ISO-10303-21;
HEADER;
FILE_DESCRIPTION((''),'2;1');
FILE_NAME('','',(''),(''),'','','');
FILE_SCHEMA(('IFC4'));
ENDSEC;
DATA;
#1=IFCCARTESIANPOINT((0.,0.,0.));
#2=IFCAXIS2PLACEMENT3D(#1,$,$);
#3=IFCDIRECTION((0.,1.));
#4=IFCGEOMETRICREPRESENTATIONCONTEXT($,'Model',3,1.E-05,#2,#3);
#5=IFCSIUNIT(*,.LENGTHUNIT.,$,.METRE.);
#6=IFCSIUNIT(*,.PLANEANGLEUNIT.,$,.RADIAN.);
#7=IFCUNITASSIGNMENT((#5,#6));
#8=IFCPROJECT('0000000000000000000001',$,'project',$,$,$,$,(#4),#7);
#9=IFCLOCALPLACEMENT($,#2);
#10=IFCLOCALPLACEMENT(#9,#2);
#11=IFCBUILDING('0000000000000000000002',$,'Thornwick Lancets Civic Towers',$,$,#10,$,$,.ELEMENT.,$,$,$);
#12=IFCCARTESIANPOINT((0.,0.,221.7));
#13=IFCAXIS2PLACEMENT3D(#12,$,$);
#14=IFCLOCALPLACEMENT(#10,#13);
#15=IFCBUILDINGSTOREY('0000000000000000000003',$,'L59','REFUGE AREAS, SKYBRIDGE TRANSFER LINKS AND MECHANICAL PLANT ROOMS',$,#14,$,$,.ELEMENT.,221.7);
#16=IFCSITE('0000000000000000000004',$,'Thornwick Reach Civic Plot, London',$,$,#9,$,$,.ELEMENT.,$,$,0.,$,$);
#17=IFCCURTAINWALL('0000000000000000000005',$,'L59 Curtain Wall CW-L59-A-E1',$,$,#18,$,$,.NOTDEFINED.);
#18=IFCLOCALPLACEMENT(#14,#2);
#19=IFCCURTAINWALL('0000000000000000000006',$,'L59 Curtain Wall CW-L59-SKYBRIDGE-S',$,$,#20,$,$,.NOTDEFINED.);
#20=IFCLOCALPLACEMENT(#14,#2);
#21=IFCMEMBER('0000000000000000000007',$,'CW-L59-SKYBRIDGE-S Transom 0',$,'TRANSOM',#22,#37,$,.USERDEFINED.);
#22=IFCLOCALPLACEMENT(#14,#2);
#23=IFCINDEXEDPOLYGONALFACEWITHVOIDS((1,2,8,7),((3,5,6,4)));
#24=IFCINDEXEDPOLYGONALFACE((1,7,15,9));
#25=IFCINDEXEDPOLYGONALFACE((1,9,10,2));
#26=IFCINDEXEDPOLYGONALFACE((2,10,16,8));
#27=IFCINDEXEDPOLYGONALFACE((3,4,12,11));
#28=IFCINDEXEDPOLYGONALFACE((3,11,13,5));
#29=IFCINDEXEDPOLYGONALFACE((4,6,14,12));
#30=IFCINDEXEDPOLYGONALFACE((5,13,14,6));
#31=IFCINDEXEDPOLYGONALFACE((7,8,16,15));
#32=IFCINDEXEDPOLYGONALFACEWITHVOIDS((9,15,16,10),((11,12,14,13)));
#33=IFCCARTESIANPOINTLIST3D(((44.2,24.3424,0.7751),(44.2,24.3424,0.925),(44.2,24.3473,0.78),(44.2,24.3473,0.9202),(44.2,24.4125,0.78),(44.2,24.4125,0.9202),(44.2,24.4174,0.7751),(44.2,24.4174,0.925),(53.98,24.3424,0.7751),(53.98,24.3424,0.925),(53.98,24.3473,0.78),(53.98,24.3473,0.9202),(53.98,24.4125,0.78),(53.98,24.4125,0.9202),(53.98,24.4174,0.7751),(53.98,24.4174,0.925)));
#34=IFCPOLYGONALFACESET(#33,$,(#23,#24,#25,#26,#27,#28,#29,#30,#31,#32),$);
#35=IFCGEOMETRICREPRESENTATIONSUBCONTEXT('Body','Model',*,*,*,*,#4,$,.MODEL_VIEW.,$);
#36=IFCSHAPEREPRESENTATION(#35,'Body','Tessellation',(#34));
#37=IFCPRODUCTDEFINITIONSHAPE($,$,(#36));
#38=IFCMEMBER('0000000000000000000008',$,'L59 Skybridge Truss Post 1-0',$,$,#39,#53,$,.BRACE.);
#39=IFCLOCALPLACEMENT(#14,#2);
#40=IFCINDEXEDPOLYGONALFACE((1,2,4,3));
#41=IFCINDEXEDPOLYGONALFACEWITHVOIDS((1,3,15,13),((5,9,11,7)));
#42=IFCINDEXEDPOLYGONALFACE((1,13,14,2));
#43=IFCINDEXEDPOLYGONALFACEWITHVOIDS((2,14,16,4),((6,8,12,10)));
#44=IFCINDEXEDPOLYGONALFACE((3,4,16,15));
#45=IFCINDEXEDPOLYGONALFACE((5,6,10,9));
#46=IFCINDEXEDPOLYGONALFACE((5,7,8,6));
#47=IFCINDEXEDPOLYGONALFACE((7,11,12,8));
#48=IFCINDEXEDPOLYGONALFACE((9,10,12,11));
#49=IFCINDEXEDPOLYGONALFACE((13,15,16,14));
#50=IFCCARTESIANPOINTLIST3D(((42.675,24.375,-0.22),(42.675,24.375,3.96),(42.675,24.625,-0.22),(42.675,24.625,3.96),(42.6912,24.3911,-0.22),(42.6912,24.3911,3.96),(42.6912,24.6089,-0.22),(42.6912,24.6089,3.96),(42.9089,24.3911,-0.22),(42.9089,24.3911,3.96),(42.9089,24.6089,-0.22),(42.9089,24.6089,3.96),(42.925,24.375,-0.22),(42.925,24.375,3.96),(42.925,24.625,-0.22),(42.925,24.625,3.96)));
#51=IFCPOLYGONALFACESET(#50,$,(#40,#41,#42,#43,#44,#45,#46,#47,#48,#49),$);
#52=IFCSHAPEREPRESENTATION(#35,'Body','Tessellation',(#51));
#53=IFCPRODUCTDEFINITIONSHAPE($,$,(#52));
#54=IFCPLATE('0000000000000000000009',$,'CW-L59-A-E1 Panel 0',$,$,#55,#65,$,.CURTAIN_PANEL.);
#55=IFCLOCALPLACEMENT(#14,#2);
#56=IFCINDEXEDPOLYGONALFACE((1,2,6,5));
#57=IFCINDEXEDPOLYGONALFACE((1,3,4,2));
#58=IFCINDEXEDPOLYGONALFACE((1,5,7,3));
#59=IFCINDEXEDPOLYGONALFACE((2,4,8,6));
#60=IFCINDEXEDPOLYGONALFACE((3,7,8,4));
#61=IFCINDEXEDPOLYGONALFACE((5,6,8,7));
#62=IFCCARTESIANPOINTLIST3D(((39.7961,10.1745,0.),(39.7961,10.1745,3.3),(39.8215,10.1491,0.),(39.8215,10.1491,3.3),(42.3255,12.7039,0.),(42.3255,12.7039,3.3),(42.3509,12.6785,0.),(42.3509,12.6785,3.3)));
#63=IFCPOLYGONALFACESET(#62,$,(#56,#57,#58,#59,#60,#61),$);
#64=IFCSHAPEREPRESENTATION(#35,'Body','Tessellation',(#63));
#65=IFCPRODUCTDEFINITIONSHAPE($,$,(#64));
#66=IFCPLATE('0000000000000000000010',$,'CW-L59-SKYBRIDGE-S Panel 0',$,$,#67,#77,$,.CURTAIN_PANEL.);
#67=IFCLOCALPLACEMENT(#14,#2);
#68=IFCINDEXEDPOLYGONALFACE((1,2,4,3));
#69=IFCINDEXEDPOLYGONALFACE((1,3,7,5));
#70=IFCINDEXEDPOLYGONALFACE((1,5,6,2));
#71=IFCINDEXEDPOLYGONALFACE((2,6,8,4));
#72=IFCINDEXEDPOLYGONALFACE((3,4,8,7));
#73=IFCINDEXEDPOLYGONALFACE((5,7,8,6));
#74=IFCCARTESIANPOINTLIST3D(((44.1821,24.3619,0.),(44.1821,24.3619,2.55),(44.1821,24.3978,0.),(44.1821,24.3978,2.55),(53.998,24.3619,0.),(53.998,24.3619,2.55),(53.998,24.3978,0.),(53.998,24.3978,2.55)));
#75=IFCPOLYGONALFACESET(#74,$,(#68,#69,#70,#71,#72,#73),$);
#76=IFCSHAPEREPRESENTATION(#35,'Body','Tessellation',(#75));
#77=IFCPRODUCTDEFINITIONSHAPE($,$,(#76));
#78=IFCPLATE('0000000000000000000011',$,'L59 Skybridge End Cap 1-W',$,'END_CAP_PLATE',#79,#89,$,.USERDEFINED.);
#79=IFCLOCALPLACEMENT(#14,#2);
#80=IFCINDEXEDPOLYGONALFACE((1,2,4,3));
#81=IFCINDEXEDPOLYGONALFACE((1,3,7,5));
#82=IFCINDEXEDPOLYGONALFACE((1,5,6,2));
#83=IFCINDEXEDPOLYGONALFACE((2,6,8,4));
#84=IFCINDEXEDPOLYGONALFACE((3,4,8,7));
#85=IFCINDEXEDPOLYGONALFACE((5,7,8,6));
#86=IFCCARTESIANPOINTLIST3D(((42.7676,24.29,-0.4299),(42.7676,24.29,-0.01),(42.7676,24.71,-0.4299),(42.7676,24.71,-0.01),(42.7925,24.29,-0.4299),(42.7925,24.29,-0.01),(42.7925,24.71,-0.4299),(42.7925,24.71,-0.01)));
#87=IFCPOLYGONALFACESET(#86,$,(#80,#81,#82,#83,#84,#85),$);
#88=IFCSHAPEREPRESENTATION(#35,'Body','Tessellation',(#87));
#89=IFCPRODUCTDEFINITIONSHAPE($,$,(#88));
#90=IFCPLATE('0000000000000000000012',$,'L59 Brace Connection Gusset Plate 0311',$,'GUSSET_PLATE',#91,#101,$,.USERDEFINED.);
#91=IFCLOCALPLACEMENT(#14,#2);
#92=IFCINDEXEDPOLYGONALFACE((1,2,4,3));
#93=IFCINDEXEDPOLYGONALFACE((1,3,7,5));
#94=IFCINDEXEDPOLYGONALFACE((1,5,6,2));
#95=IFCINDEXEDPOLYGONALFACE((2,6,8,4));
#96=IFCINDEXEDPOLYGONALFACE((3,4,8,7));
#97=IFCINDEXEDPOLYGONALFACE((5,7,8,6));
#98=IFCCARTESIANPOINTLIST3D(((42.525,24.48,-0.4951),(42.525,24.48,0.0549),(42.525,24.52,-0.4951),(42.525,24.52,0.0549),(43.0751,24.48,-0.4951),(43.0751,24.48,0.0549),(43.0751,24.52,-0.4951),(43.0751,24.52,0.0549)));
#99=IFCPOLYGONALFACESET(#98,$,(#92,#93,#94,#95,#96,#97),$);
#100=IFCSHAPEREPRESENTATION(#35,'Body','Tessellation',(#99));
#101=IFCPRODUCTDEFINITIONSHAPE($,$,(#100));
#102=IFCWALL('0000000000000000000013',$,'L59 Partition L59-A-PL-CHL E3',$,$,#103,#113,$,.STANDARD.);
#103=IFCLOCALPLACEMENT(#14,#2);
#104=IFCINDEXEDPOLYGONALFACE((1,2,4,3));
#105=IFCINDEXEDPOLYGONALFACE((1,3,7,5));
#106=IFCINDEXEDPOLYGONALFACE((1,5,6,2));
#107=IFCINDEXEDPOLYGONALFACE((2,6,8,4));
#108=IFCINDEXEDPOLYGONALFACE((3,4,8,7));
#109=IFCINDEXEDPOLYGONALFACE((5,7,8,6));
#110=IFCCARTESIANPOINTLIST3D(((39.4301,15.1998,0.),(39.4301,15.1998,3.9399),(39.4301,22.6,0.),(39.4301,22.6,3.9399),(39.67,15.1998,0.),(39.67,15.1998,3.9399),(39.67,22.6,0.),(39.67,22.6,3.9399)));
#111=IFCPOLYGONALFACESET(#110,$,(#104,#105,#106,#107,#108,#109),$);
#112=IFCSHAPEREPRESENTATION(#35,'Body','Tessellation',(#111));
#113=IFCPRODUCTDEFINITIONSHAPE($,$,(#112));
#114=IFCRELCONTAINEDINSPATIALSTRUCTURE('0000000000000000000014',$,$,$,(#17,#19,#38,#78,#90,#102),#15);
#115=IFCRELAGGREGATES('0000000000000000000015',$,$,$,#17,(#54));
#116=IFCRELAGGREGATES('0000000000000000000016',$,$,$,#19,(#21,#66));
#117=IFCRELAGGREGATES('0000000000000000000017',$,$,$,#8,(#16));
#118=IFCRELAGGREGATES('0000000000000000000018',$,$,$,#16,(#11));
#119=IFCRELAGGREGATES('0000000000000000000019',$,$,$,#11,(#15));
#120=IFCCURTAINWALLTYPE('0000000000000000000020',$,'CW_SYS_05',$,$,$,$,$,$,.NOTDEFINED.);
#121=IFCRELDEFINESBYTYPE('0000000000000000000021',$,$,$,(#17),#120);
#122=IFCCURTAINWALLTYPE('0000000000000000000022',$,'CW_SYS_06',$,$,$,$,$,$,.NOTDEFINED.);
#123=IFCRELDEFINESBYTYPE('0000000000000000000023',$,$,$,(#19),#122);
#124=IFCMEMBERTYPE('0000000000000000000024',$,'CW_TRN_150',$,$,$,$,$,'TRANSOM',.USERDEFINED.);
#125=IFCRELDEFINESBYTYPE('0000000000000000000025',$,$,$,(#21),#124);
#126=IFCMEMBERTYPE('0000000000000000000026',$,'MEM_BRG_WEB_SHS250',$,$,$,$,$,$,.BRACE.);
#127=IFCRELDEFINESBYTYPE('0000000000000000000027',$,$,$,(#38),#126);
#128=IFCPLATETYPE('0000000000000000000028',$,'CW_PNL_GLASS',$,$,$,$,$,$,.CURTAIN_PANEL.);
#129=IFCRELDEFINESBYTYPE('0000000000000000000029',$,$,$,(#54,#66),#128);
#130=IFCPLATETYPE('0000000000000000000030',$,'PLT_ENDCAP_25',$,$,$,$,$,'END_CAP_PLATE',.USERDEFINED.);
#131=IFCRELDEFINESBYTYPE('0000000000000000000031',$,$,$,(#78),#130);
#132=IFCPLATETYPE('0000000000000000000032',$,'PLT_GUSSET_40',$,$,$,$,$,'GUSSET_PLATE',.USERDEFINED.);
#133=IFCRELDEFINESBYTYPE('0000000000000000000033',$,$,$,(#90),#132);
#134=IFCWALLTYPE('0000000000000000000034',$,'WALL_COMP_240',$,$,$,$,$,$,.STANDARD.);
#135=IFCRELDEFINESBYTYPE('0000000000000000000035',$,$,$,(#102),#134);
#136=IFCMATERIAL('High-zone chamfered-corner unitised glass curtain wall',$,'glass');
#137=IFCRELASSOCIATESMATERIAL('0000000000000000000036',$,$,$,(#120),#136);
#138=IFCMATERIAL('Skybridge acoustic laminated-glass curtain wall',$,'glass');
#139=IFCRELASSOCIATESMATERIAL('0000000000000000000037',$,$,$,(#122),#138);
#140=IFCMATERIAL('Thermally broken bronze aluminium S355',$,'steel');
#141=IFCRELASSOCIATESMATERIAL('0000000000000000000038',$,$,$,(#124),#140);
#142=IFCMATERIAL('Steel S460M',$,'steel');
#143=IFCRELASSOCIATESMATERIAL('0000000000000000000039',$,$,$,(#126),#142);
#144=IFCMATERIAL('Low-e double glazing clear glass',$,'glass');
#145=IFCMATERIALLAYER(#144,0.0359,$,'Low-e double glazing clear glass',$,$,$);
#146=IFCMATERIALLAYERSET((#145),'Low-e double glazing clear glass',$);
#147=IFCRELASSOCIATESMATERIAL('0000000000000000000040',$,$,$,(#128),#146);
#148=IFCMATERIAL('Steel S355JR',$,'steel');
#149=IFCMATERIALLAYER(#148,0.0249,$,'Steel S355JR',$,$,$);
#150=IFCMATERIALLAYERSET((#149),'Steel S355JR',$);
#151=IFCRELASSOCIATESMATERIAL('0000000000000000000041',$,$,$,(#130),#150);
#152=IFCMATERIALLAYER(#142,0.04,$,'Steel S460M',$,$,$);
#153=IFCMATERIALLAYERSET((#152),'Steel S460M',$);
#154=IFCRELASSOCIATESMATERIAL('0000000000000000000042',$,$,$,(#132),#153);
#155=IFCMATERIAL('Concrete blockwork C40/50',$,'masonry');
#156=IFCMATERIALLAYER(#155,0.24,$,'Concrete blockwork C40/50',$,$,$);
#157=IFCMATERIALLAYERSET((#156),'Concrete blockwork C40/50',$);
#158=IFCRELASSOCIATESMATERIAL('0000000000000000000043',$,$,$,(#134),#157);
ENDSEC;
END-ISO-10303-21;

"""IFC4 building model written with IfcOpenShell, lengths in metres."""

from ifc_helpers import new_model, si_unit, direction, frame, frame_2d, origin, origin_2d, place, context, subcontext, project, spatial, rectangle, hollow_rectangle, extrude, material, layer, layer_set, material_profile, profile_set, type_object, element, aggregate, save


model = new_model("IFC4")

# Units and contexts
model_context = context("Model", 3, precision=1e-05, world=origin(), true_north=direction((0.0, 1.0)))
body_context = subcontext(model_context, "Body", "Model", "MODEL_VIEW")
ifc_project = project(units=[si_unit("LENGTHUNIT", "METRE"), si_unit("PLANEANGLEUNIT", "RADIAN")], contexts=[model_context])

# Site, building, storey
site_placement = place(None, origin())
site = spatial("IfcSite", under=ifc_project, at=site_placement, Name="Thornwick Reach Civic Plot, London", CompositionType="ELEMENT", RefElevation=0.0)
building_placement = place(site_placement, origin())
building = spatial("IfcBuilding", under=site, at=building_placement, Name="Thornwick Lancets Civic Towers", CompositionType="ELEMENT")
storey_placement = place(building_placement, frame((0.0, 0.0, 221.7)))
storey = spatial("IfcBuildingStorey", under=building, at=storey_placement, Name="L59", Description="REFUGE AREAS, SKYBRIDGE TRANSFER LINKS AND MECHANICAL PLANT ROOMS", CompositionType="ELEMENT", Elevation=221.7)

# Shared definitions
ifc_material_1 = material(Name="Steel S355JR", Category="steel")
ifc_material_2 = material(Name="Steel S460M", Category="steel")

# Curtain wall
ifc_material_3 = material(Name="High-zone chamfered-corner unitised glass curtain wall", Category="glass")
curtain_wall_type_1 = type_object("IfcCurtainWallType", Name="CW_SYS_05", PredefinedType="NOTDEFINED", material=ifc_material_3)
curtain_wall_1_placement = place(storey_placement, origin())
curtain_wall_1 = element("IfcCurtainWall", 1, at=curtain_wall_1_placement, inside=storey, type_object=curtain_wall_type_1, Name="L59 Curtain Wall CW-L59-A-E1", PredefinedType="NOTDEFINED")
ifc_material_4 = material(Name="Thermally broken bronze aluminium S355", Category="steel")

# Curtain wall
ifc_material_5 = material(Name="Skybridge acoustic laminated-glass curtain wall", Category="glass")
curtain_wall_type_2 = type_object("IfcCurtainWallType", Name="CW_SYS_06", PredefinedType="NOTDEFINED", material=ifc_material_5)
curtain_wall_2_placement = place(storey_placement, origin())
curtain_wall_2 = element("IfcCurtainWall", 2, at=curtain_wall_2_placement, inside=storey, type_object=curtain_wall_type_2, Name="L59 Curtain Wall CW-L59-SKYBRIDGE-S", PredefinedType="NOTDEFINED")

# Members
ifc_material_profile_1 = material_profile(ifc_material_4, hollow_rectangle(XDim=0.075, YDim=0.1499, WallThickness=0.0049, at=origin_2d()), Name="RHS 150x75x5")
ifc_profile_set_1 = profile_set([ifc_material_profile_1], Name="Thermally broken bronze aluminium S355")
member_type_1 = type_object("IfcMemberType", Name="CW_TRN_150", ElementType="TRANSOM", PredefinedType="USERDEFINED", material=ifc_profile_set_1)
member_1_placement = place(storey_placement, frame((44.2, 24.3799, 0.8501), z_axis=(1.0, 0.0, 0.0), x_axis=(0.0, 1.0, 0.0)))
member_1 = element("IfcMember", 3, at=member_1_placement, type_object=member_type_1, Name="CW-L59-SKYBRIDGE-S Transom 0", ObjectType="TRANSOM", PredefinedType="USERDEFINED", context=body_context, shape_type="SweptSolid", body=[
    extrude(hollow_rectangle(XDim=0.075, YDim=0.1499, WallThickness=0.0049, at=origin_2d()), origin(), (0.0, 0.0, 1.0), 9.78),
])
ifc_material_profile_2 = material_profile(ifc_material_2, hollow_rectangle(XDim=0.25, YDim=0.25, WallThickness=0.0161, at=origin_2d()), Name="SHS 250x250x16")
ifc_profile_set_2 = profile_set([ifc_material_profile_2], Name="Steel S460M")
member_type_2 = type_object("IfcMemberType", Name="MEM_BRG_WEB_SHS250", PredefinedType="BRACE", material=ifc_profile_set_2)
member_2_placement = place(storey_placement, frame((42.8, 24.5, -0.22), z_axis=(0.0, 0.0, 1.0), x_axis=(1.0, 0.0, 0.0)))
element("IfcMember", 4, at=member_2_placement, inside=storey, type_object=member_type_2, Name="L59 Skybridge Truss Post 1-0", PredefinedType="BRACE", context=body_context, shape_type="SweptSolid", body=[
    extrude(hollow_rectangle(XDim=0.25, YDim=0.25, WallThickness=0.0161, at=origin_2d()), origin(), (0.0, 0.0, 1.0), 4.1799),
])

# Plates
ifc_material_6 = material(Name="Low-e double glazing clear glass", Category="glass")
ifc_layer_1 = layer(ifc_material_6, 0.0359, Name="Low-e double glazing clear glass")
ifc_layer_set_1 = layer_set([ifc_layer_1], Name="Low-e double glazing clear glass")
plate_type_1 = type_object("IfcPlateType", Name="CW_PNL_GLASS", PredefinedType="CURTAIN_PANEL", material=ifc_layer_set_1)
plate_1_placement = place(storey_placement, frame((41.0735, 11.4265, 0.0), z_axis=(0.0, 0.0, 1.0), x_axis=(0.707107, 0.707107, 0.0)))
plate_1 = element("IfcPlate", 5, at=plate_1_placement, type_object=plate_type_1, Name="CW-L59-A-E1 Panel 0", PredefinedType="CURTAIN_PANEL", context=body_context, shape_type="SweptSolid", body=[
    extrude(rectangle(XDim=3.5771, YDim=0.0359, at=origin_2d()), origin(), (0.0, 0.0, 1.0), 3.3),
])
aggregate(curtain_wall_1, [plate_1])
plate_2_placement = place(storey_placement, frame((49.0901, 24.3799, 0.0), z_axis=(0.0, 0.0, 1.0), x_axis=(1.0, 0.0, 0.0)))
plate_2 = element("IfcPlate", 6, at=plate_2_placement, type_object=plate_type_1, Name="CW-L59-SKYBRIDGE-S Panel 0", PredefinedType="CURTAIN_PANEL", context=body_context, shape_type="SweptSolid", body=[
    extrude(rectangle(XDim=9.8159, YDim=0.0359, at=origin_2d()), origin(), (0.0, 0.0, 1.0), 2.55),
])
aggregate(curtain_wall_2, [member_1, plate_2])

# Plates
ifc_layer_2 = layer(ifc_material_1, 0.0249, Name="Steel S355JR")
ifc_layer_set_2 = layer_set([ifc_layer_2], Name="Steel S355JR")
plate_type_2 = type_object("IfcPlateType", Name="PLT_ENDCAP_25", ElementType="END_CAP_PLATE", PredefinedType="USERDEFINED", material=ifc_layer_set_2)
plate_3_placement = place(storey_placement, frame((42.78, 24.5, -0.4299), z_axis=(0.0, 0.0, 1.0), x_axis=(1.0, 0.0, 0.0)))
element("IfcPlate", 7, at=plate_3_placement, inside=storey, type_object=plate_type_2, Name="L59 Skybridge End Cap 1-W", ObjectType="END_CAP_PLATE", PredefinedType="USERDEFINED", context=body_context, shape_type="SweptSolid", body=[
    extrude(rectangle(XDim=0.0249, YDim=0.4199, at=origin_2d()), origin(), (0.0, 0.0, 1.0), 0.4199),
])
ifc_layer_3 = layer(ifc_material_2, 0.04, Name="Steel S460M")
ifc_layer_set_3 = layer_set([ifc_layer_3], Name="Steel S460M")
plate_type_3 = type_object("IfcPlateType", Name="PLT_GUSSET_40", ElementType="GUSSET_PLATE", PredefinedType="USERDEFINED", material=ifc_layer_set_3)
plate_4_placement = place(storey_placement, frame((42.8, 24.5, -0.4951), z_axis=(0.0, 0.0, 1.0), x_axis=(1.0, 0.0, 0.0)))
element("IfcPlate", 8, at=plate_4_placement, inside=storey, type_object=plate_type_3, Name="L59 Brace Connection Gusset Plate 0311", ObjectType="GUSSET_PLATE", PredefinedType="USERDEFINED", context=body_context, shape_type="SweptSolid", body=[
    extrude(rectangle(XDim=0.55, YDim=0.04, at=origin_2d()), origin(), (0.0, 0.0, 1.0), 0.55),
])

# Wall
ifc_material_7 = material(Name="Concrete blockwork C40/50", Category="masonry")
ifc_layer_4 = layer(ifc_material_7, 0.24, Name="Concrete blockwork C40/50")
ifc_layer_set_4 = layer_set([ifc_layer_4], Name="Concrete blockwork C40/50")
wall_type_1 = type_object("IfcWallType", Name="WALL_COMP_240", PredefinedType="STANDARD", material=ifc_layer_set_4)
wall_1_placement = place(storey_placement, frame((39.55, 22.6001, 0.0), z_axis=(0.0, 0.0, 1.0), x_axis=(0.0, -1.0, 0.0)))
element("IfcWall", 9, at=wall_1_placement, inside=storey, type_object=wall_type_1, Name="L59 Partition L59-A-PL-CHL E3", PredefinedType="STANDARD", context=body_context, shape_type="SweptSolid", body=[
    extrude(rectangle(XDim=7.4001, YDim=0.24, at=frame_2d((3.7002, 0.0))), origin(), (0.0, 0.0, 1.0), 3.9399),
])

save(model, "model.ifc")
